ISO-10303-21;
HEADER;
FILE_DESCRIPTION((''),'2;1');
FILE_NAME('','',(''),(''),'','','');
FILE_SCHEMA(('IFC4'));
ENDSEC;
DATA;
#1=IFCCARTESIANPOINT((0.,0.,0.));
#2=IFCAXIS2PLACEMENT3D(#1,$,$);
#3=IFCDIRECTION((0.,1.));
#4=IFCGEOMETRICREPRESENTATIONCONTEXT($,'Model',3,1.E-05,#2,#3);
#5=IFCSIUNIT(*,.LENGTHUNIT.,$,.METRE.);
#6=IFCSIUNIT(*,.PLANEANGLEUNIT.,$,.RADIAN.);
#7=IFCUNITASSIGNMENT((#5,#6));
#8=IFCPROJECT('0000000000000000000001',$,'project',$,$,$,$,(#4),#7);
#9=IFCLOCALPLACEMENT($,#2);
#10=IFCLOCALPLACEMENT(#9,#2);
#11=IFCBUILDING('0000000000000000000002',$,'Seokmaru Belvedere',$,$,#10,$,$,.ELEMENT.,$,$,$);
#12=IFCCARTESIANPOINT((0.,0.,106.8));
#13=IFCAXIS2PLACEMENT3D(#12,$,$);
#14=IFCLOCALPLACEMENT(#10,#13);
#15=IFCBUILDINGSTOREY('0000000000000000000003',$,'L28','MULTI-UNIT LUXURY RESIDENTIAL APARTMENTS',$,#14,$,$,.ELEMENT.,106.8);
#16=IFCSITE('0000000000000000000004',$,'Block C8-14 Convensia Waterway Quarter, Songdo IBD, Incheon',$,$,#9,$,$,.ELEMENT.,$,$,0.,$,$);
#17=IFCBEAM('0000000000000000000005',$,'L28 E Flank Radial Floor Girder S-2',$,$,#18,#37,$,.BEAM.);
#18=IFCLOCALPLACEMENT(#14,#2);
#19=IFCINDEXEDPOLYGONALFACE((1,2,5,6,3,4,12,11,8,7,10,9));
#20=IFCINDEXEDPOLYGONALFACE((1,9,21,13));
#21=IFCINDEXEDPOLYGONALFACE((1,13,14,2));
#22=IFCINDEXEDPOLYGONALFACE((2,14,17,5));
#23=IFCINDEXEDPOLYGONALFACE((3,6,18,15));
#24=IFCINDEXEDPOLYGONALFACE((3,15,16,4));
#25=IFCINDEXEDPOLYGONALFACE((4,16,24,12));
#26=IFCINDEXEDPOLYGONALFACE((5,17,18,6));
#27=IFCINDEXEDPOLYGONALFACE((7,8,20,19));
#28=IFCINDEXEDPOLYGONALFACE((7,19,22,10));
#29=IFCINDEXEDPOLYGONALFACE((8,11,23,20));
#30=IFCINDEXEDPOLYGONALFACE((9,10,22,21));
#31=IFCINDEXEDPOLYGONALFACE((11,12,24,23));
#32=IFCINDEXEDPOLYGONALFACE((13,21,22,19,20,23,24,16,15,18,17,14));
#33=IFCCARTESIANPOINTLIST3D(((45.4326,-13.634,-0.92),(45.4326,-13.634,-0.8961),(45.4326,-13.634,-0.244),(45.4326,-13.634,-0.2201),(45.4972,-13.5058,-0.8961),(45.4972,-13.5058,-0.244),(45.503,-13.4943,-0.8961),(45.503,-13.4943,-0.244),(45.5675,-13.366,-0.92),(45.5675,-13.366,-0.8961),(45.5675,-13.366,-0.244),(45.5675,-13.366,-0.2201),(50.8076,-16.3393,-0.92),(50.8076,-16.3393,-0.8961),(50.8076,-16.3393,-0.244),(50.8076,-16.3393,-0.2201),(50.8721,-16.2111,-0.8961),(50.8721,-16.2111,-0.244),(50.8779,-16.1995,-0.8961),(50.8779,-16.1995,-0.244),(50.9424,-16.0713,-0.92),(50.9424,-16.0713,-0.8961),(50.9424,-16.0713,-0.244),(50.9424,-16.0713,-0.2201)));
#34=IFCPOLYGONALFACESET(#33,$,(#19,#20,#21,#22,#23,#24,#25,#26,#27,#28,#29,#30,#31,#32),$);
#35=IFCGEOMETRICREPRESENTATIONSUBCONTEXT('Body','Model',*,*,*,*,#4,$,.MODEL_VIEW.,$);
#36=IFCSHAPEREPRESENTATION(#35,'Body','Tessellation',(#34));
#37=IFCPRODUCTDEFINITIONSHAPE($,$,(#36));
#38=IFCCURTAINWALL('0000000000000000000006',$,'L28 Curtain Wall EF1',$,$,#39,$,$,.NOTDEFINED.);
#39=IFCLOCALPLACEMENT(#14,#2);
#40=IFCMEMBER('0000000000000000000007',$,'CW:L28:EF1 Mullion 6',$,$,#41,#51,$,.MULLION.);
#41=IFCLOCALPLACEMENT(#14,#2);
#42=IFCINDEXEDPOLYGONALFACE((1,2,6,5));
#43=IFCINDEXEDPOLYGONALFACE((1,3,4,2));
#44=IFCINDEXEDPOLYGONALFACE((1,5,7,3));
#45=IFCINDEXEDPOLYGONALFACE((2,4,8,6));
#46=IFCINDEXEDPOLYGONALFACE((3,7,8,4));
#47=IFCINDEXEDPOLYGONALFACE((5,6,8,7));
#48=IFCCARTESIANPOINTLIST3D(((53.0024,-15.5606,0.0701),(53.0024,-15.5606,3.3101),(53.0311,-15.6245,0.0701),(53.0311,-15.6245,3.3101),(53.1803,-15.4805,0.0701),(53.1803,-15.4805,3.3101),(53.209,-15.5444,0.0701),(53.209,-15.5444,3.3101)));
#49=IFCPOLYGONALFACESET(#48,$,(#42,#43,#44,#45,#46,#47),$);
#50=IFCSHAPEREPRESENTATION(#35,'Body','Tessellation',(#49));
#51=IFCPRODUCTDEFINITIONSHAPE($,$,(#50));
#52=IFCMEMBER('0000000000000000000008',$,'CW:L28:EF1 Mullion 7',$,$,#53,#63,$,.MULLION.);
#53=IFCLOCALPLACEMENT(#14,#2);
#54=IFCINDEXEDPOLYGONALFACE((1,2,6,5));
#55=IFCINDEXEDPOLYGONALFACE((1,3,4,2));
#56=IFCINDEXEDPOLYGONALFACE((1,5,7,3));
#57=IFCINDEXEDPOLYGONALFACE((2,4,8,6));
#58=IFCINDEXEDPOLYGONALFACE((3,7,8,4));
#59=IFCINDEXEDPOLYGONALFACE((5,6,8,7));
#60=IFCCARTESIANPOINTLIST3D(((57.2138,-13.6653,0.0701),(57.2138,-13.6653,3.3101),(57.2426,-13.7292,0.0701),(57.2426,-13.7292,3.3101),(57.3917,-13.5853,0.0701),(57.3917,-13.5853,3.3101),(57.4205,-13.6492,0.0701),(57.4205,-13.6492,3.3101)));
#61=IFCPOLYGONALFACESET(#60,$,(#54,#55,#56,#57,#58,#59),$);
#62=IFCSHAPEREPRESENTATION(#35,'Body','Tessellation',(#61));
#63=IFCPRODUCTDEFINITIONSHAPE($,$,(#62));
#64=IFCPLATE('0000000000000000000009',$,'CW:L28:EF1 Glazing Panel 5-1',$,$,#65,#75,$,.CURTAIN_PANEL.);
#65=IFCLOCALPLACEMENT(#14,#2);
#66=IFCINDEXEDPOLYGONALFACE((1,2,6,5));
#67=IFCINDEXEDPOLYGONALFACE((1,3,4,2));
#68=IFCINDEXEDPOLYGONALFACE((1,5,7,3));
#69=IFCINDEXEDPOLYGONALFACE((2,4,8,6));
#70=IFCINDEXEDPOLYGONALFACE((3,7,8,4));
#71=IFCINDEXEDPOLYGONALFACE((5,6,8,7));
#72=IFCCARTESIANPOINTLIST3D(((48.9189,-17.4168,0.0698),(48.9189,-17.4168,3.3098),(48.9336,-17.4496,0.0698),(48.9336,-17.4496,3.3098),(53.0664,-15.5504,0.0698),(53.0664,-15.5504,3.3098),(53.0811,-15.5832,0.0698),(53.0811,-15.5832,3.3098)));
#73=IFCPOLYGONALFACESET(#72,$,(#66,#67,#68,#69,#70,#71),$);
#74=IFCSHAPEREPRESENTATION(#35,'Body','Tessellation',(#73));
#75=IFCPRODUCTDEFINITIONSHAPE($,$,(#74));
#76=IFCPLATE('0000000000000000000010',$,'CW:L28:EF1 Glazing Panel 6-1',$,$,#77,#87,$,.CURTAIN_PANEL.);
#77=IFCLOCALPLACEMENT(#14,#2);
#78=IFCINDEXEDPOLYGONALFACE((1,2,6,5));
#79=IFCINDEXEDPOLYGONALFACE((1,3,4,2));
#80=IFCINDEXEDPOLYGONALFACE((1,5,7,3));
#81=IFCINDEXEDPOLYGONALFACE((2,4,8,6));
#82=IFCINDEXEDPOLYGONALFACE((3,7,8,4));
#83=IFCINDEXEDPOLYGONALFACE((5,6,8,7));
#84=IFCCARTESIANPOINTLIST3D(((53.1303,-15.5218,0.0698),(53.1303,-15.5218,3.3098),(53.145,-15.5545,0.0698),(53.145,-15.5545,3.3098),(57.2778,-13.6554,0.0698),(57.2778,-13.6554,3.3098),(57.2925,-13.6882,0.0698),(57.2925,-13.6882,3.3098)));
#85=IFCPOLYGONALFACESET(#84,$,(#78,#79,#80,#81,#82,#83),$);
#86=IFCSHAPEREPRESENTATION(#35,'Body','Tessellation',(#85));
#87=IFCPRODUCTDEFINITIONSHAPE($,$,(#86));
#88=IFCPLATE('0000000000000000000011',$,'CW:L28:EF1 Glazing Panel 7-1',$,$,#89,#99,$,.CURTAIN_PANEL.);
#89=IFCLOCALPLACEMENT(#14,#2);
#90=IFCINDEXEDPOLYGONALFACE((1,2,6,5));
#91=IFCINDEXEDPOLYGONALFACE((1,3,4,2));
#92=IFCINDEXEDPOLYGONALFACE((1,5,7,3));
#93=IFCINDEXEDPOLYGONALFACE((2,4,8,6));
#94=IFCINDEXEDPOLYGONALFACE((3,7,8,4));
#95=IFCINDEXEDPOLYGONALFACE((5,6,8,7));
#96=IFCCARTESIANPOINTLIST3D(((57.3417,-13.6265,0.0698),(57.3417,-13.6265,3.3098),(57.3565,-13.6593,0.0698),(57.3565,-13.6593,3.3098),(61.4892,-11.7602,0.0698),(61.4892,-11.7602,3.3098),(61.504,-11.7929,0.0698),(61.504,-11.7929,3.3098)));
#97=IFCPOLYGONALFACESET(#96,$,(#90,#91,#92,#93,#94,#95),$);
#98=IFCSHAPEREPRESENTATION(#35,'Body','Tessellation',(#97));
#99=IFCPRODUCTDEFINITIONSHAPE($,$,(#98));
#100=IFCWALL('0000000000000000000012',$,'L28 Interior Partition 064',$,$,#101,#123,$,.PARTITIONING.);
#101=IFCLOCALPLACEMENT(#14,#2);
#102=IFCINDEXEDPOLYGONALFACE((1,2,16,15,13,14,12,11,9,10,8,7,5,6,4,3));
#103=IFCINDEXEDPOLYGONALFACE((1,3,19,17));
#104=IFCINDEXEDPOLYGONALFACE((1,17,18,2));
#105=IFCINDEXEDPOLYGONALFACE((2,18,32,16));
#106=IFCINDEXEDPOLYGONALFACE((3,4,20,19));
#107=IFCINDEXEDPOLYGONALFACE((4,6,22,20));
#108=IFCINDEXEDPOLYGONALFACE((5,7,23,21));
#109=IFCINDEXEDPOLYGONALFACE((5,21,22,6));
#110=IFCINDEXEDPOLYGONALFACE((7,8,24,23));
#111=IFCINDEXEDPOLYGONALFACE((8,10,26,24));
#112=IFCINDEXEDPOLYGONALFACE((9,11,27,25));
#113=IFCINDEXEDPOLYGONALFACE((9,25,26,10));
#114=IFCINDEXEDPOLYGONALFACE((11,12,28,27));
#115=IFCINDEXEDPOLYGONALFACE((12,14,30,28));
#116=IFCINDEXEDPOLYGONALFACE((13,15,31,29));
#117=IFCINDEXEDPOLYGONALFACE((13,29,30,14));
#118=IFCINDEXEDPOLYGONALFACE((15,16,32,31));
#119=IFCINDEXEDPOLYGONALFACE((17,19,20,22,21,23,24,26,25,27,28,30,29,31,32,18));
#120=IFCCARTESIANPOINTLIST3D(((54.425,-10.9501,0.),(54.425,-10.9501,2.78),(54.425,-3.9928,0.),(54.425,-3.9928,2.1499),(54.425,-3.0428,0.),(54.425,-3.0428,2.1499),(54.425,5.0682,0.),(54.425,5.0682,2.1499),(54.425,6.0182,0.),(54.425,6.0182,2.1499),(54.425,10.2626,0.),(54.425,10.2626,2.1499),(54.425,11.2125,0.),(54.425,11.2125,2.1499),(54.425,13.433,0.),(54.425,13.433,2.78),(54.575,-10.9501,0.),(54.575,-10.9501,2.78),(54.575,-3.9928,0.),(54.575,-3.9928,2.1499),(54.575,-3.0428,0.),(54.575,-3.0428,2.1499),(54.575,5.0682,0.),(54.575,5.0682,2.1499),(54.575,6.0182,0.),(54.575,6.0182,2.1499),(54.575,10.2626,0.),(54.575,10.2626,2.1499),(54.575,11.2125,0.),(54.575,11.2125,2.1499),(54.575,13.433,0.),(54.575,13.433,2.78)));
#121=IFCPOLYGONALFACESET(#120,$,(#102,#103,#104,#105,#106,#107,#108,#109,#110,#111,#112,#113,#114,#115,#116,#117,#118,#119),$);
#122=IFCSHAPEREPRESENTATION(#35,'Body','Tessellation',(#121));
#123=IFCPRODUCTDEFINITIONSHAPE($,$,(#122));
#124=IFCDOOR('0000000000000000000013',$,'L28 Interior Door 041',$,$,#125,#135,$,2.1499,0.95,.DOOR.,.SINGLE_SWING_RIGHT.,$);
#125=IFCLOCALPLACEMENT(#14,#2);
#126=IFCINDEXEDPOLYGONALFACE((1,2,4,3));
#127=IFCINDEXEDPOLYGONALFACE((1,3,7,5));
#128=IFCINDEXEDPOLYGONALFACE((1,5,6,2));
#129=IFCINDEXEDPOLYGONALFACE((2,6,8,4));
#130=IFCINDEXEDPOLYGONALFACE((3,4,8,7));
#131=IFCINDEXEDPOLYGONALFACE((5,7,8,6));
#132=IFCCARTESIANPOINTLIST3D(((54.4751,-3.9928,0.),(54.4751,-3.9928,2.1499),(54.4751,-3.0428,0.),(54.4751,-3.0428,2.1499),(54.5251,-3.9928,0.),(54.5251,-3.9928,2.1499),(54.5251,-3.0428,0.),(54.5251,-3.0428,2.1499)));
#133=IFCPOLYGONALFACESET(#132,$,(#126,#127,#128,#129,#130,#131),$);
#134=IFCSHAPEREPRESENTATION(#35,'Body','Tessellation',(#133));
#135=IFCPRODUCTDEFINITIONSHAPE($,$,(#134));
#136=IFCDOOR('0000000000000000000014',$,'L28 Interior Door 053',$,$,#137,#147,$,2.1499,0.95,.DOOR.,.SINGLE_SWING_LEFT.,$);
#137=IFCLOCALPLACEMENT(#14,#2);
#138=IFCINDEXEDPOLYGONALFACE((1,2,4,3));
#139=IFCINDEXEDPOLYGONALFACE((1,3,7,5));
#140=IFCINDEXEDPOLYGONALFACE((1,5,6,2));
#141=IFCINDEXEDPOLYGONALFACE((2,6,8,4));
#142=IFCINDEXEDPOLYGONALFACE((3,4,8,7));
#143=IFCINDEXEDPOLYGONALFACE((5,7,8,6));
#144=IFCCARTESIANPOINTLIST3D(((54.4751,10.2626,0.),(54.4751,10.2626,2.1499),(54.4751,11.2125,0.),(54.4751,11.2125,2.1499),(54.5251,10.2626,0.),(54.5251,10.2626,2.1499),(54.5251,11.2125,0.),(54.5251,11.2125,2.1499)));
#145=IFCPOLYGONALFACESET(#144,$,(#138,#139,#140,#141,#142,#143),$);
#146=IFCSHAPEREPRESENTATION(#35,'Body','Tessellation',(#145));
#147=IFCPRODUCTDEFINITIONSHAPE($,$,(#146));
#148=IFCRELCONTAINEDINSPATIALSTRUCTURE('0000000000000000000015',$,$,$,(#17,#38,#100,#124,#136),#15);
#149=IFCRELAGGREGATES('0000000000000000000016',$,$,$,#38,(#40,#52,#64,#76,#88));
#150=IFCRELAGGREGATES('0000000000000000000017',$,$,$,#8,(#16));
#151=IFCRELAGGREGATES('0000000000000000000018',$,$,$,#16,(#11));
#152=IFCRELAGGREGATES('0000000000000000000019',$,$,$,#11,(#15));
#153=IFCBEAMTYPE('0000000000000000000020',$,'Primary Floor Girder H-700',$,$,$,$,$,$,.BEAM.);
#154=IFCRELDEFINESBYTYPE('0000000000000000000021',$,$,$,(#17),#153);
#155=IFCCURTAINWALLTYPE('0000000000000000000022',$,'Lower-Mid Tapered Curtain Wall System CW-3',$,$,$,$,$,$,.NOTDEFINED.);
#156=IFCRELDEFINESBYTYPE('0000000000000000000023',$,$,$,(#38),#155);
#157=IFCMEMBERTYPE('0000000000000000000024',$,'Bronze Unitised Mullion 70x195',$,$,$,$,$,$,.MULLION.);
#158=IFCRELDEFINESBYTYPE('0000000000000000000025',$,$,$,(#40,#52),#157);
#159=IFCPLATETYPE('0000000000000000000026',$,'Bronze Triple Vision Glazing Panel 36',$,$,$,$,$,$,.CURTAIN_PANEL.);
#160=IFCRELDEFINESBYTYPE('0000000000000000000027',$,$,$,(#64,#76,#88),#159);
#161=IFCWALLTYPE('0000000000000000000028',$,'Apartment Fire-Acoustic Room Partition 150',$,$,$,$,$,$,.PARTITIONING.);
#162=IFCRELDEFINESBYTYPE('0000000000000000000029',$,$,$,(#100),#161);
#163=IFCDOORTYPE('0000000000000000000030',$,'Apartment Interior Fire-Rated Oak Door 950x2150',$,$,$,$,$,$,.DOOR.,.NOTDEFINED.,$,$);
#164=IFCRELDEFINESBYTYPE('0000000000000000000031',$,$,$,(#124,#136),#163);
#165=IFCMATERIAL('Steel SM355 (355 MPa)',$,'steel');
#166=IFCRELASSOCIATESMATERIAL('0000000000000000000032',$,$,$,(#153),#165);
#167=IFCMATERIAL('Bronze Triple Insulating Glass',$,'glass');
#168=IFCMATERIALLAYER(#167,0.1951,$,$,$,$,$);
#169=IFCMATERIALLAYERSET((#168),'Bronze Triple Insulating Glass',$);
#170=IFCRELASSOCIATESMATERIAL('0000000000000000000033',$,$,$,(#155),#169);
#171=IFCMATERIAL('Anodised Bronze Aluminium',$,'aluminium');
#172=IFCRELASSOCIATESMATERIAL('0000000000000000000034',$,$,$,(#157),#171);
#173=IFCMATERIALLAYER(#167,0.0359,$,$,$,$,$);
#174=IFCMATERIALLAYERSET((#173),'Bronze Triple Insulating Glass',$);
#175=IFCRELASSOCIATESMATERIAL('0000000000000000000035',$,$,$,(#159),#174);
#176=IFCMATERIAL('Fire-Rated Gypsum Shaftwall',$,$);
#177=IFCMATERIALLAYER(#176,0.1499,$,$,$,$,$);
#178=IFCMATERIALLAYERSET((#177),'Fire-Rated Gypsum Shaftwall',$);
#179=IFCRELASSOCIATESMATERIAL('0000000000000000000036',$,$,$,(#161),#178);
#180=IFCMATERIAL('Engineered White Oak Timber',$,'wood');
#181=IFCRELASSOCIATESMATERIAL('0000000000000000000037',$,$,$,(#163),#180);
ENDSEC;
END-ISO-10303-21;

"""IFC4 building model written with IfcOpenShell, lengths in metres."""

from ifc_helpers import new_model, si_unit, direction, frame, frame_2d, origin, origin_2d, place, context, subcontext, project, spatial, rectangle, i_section, extrude, source, transform, mapped, material, layer, layer_set, material_profile, profile_set, type_object, type_shapes, element, fill, aggregate, save


model = new_model("IFC4")

# Units and contexts
model_context = context("Model", 3, precision=1e-05, world=origin(), true_north=direction((0.0, 1.0)))
body_context = subcontext(model_context, "Body", "Model", "MODEL_VIEW")
ifc_project = project(units=[si_unit("LENGTHUNIT", "METRE"), si_unit("PLANEANGLEUNIT", "RADIAN")], contexts=[model_context])

# Site, building, storey
site_placement = place(None, origin())
site = spatial("IfcSite", under=ifc_project, at=site_placement, Name="Block C8-14 Convensia Waterway Quarter, Songdo IBD, Incheon", CompositionType="ELEMENT", RefElevation=0.0)
building_placement = place(site_placement, origin())
building = spatial("IfcBuilding", under=site, at=building_placement, Name="Seokmaru Belvedere", CompositionType="ELEMENT")
storey_placement = place(building_placement, frame((0.0, 0.0, 106.8)))
storey = spatial("IfcBuildingStorey", under=building, at=storey_placement, Name="L28", Description="MULTI-UNIT LUXURY RESIDENTIAL APARTMENTS", CompositionType="ELEMENT", Elevation=106.8)

# Shared definitions
ifc_material_1 = material(Name="Steel SM355 (355 MPa)", Category="steel")

# Beam
ifc_material_profile_1 = material_profile(ifc_material_1, i_section(OverallWidth=0.3, OverallDepth=0.7, WebThickness=0.0129, FlangeThickness=0.0239, at=origin_2d()), Name="H-700x300x13x24")
ifc_profile_set_1 = profile_set([ifc_material_profile_1], Name="Steel SM355 (355 MPa)")
beam_type_1 = type_object("IfcBeamType", Name="Primary Floor Girder H-700", PredefinedType="BEAM", material=ifc_profile_set_1)
shared_shape_1 = source(origin(), body_context, "Body", "SweptSolid", [
    extrude(i_section(OverallWidth=0.3, OverallDepth=0.7, WebThickness=0.0129, FlangeThickness=0.0239, at=origin_2d()), origin(), (0.0, 0.0, 1.0), 6.0173),
])
beam_1_placement = place(storey_placement, frame((50.875, -16.2053, -0.5701), z_axis=(-0.893239, 0.449581, 0.0), x_axis=(-0.449581, -0.893239, 0.0)))
element("IfcBeam", 1, at=beam_1_placement, inside=storey, type_object=beam_type_1, Name="L28 E Flank Radial Floor Girder S-2", PredefinedType="BEAM", context=body_context, shape_type="MappedRepresentation", body=[
    mapped(shared_shape_1, transform((0.0, 0.0, 0.0), scale=1.0)),
])

# Curtain wall, members, plates
ifc_material_2 = material(Name="Bronze Triple Insulating Glass", Category="glass")
ifc_layer_1 = layer(ifc_material_2, 0.1951)
ifc_layer_set_1 = layer_set([ifc_layer_1], Name="Bronze Triple Insulating Glass")
curtain_wall_type = type_object("IfcCurtainWallType", Name="Lower-Mid Tapered Curtain Wall System CW-3", PredefinedType="NOTDEFINED", material=ifc_layer_set_1)
curtain_wall_placement = place(storey_placement, origin())
curtain_wall = element("IfcCurtainWall", 2, at=curtain_wall_placement, inside=storey, type_object=curtain_wall_type, Name="L28 Curtain Wall EF1", PredefinedType="NOTDEFINED")
ifc_material_3 = material(Name="Anodised Bronze Aluminium", Category="aluminium")
ifc_material_profile_2 = material_profile(ifc_material_3, rectangle(XDim=0.0701, YDim=0.1951, at=origin_2d()), Name="CW-M-70x195")
ifc_profile_set_2 = profile_set([ifc_material_profile_2], Name="Anodised Bronze Aluminium")
member_type = type_object("IfcMemberType", Name="Bronze Unitised Mullion 70x195", PredefinedType="MULLION", material=ifc_profile_set_2)
shared_shape_2 = source(origin(), body_context, "Body", "SweptSolid", [
    extrude(rectangle(XDim=0.0701, YDim=0.1951, at=origin_2d()), origin(), (0.0, 0.0, 1.0), 3.24),
])
type_shapes(member_type, [shared_shape_2])
member_1_placement = place(storey_placement, frame((53.1057, -15.5525, 0.0701), z_axis=(0.0, 0.0, 1.0), x_axis=(-0.410366, 0.911921, 0.0)))
member_1 = element("IfcMember", 3, at=member_1_placement, type_object=member_type, Name="CW:L28:EF1 Mullion 6", PredefinedType="MULLION", context=body_context, shape_type="MappedRepresentation", body=[
    mapped(shared_shape_2, transform((0.0, 0.0, 0.0), scale=1.0)),
])
member_2_placement = place(storey_placement, frame((57.3171, -13.6572, 0.0701), z_axis=(0.0, 0.0, 1.0), x_axis=(-0.410366, 0.911921, 0.0)))
member_2 = element("IfcMember", 4, at=member_2_placement, type_object=member_type, Name="CW:L28:EF1 Mullion 7", PredefinedType="MULLION", context=body_context, shape_type="MappedRepresentation", body=[
    mapped(shared_shape_2, transform((0.0, 0.0, 0.0), scale=1.0)),
])
ifc_layer_2 = layer(ifc_material_2, 0.0359)
ifc_layer_set_2 = layer_set([ifc_layer_2], Name="Bronze Triple Insulating Glass")
plate_type = type_object("IfcPlateType", Name="Bronze Triple Vision Glazing Panel 36", PredefinedType="CURTAIN_PANEL", material=ifc_layer_set_2)
shared_shape_3 = source(origin(), body_context, "Body", "SweptSolid", [
    extrude(rectangle(XDim=4.5481, YDim=0.0359, at=origin_2d()), origin(), (0.0, 0.0, 1.0), 3.24),
])
type_shapes(plate_type, [shared_shape_3])
plate_1_placement = place(storey_placement, frame((51.0, -16.5, 0.0698), z_axis=(0.0, 0.0, 1.0), x_axis=(0.911921, 0.410366, 0.0)))
plate_1 = element("IfcPlate", 5, at=plate_1_placement, type_object=plate_type, Name="CW:L28:EF1 Glazing Panel 5-1", PredefinedType="CURTAIN_PANEL", context=body_context, shape_type="MappedRepresentation", body=[
    mapped(shared_shape_3, transform((0.0, 0.0, 0.0), scale=1.0)),
])
plate_2_placement = place(storey_placement, frame((55.2114, -14.605, 0.0698), z_axis=(0.0, 0.0, 1.0), x_axis=(0.911921, 0.410366, 0.0)))
plate_2 = element("IfcPlate", 6, at=plate_2_placement, type_object=plate_type, Name="CW:L28:EF1 Glazing Panel 6-1", PredefinedType="CURTAIN_PANEL", context=body_context, shape_type="MappedRepresentation", body=[
    mapped(shared_shape_3, transform((0.0, 0.0, 0.0), scale=1.0)),
])
plate_3_placement = place(storey_placement, frame((59.4229, -12.7097, 0.0698), z_axis=(0.0, 0.0, 1.0), x_axis=(0.911921, 0.410366, 0.0)))
plate_3 = element("IfcPlate", 7, at=plate_3_placement, type_object=plate_type, Name="CW:L28:EF1 Glazing Panel 7-1", PredefinedType="CURTAIN_PANEL", context=body_context, shape_type="MappedRepresentation", body=[
    mapped(shared_shape_3, transform((0.0, 0.0, 0.0), scale=1.0)),
])
aggregate(curtain_wall, [member_1, member_2, plate_1, plate_2, plate_3])

# Wall, openings, doors
ifc_material_4 = material(Name="Fire-Rated Gypsum Shaftwall")
ifc_layer_3 = layer(ifc_material_4, 0.1499)
ifc_layer_set_3 = layer_set([ifc_layer_3], Name="Fire-Rated Gypsum Shaftwall")
wall_type = type_object("IfcWallType", Name="Apartment Fire-Acoustic Room Partition 150", PredefinedType="PARTITIONING", material=ifc_layer_set_3)
wall_1_placement = place(storey_placement, frame((54.5, -10.95, 0.0), z_axis=(0.0, 0.0, 1.0), x_axis=(0.0, 1.0, 0.0)))
wall_1 = element("IfcWall", 8, at=wall_1_placement, inside=storey, type_object=wall_type, Name="L28 Interior Partition 064", PredefinedType="PARTITIONING", context=body_context, shape_type="SweptSolid", body=[
    extrude(rectangle(XDim=24.3831, YDim=0.1499, at=frame_2d((12.1914, 0.0))), origin(), (0.0, 0.0, 1.0), 2.78),
])
opening_1_placement = place(wall_1_placement, frame((6.957, 0.0, 0.0)))
opening_1 = element("IfcOpeningElement", 9, at=opening_1_placement, cuts=wall_1, PredefinedType="OPENING", context=body_context, shape_type="SweptSolid", body=[
    extrude(rectangle(XDim=0.95, YDim=2.1499, at=frame_2d((0.4751, 1.075))), frame((0.0, 0.085, 0.0), z_axis=(0.0, -1.0, 0.0), x_axis=(1.0, 0.0, 0.0)), (0.0, 0.0, 1.0), 0.1699),
])
opening_2_placement = place(wall_1_placement, frame((21.2124, 0.0, 0.0)))
opening_2 = element("IfcOpeningElement", 10, at=opening_2_placement, cuts=wall_1, PredefinedType="OPENING", context=body_context, shape_type="SweptSolid", body=[
    extrude(rectangle(XDim=0.95, YDim=2.1499, at=frame_2d((0.4751, 1.075))), frame((0.0, 0.085, 0.0), z_axis=(0.0, -1.0, 0.0), x_axis=(1.0, 0.0, 0.0)), (0.0, 0.0, 1.0), 0.1699),
])
opening_3_placement = place(wall_1_placement, frame((16.0181, 0.0, 0.0)))
element("IfcOpeningElement", 11, at=opening_3_placement, cuts=wall_1, PredefinedType="OPENING", context=body_context, shape_type="SweptSolid", body=[
    extrude(rectangle(XDim=0.95, YDim=2.1499, at=frame_2d((0.4751, 1.075))), frame((0.0, 0.085, 0.0), z_axis=(0.0, -1.0, 0.0), x_axis=(1.0, 0.0, 0.0)), (0.0, 0.0, 1.0), 0.1699),
])
ifc_material_5 = material(Name="Engineered White Oak Timber", Category="wood")
door_type = type_object("IfcDoorType", Name="Apartment Interior Fire-Rated Oak Door 950x2150", OperationType="NOTDEFINED", PredefinedType="DOOR", material=ifc_material_5)
shared_shape_4 = source(origin(), body_context, "Body", "SweptSolid", [
    extrude(rectangle(XDim=0.95, YDim=2.1499, at=frame_2d((0.4751, 1.075))), frame((0.0, 0.0249, 0.0), z_axis=(0.0, -1.0, 0.0), x_axis=(1.0, 0.0, 0.0)), (0.0, 0.0, 1.0), 0.05),
])
type_shapes(door_type, [shared_shape_4])
door_1_placement = place(opening_1_placement, origin())
door_1 = element("IfcDoor", 12, at=door_1_placement, inside=storey, type_object=door_type, Name="L28 Interior Door 041", OperationType="SINGLE_SWING_RIGHT", OverallHeight=2.1499, OverallWidth=0.95, PredefinedType="DOOR", context=body_context, shape_type="MappedRepresentation", body=[
    mapped(shared_shape_4, transform((0.0, 0.0, 0.0), scale=1.0)),
])
fill(opening_1, door_1)
door_2_placement = place(opening_2_placement, origin())
door_2 = element("IfcDoor", 13, at=door_2_placement, inside=storey, type_object=door_type, Name="L28 Interior Door 053", OperationType="SINGLE_SWING_LEFT", OverallHeight=2.1499, OverallWidth=0.95, PredefinedType="DOOR", context=body_context, shape_type="MappedRepresentation", body=[
    mapped(shared_shape_4, transform((0.0, 0.0, 0.0), scale=1.0)),
])
fill(opening_2, door_2)

save(model, "model.ifc")
